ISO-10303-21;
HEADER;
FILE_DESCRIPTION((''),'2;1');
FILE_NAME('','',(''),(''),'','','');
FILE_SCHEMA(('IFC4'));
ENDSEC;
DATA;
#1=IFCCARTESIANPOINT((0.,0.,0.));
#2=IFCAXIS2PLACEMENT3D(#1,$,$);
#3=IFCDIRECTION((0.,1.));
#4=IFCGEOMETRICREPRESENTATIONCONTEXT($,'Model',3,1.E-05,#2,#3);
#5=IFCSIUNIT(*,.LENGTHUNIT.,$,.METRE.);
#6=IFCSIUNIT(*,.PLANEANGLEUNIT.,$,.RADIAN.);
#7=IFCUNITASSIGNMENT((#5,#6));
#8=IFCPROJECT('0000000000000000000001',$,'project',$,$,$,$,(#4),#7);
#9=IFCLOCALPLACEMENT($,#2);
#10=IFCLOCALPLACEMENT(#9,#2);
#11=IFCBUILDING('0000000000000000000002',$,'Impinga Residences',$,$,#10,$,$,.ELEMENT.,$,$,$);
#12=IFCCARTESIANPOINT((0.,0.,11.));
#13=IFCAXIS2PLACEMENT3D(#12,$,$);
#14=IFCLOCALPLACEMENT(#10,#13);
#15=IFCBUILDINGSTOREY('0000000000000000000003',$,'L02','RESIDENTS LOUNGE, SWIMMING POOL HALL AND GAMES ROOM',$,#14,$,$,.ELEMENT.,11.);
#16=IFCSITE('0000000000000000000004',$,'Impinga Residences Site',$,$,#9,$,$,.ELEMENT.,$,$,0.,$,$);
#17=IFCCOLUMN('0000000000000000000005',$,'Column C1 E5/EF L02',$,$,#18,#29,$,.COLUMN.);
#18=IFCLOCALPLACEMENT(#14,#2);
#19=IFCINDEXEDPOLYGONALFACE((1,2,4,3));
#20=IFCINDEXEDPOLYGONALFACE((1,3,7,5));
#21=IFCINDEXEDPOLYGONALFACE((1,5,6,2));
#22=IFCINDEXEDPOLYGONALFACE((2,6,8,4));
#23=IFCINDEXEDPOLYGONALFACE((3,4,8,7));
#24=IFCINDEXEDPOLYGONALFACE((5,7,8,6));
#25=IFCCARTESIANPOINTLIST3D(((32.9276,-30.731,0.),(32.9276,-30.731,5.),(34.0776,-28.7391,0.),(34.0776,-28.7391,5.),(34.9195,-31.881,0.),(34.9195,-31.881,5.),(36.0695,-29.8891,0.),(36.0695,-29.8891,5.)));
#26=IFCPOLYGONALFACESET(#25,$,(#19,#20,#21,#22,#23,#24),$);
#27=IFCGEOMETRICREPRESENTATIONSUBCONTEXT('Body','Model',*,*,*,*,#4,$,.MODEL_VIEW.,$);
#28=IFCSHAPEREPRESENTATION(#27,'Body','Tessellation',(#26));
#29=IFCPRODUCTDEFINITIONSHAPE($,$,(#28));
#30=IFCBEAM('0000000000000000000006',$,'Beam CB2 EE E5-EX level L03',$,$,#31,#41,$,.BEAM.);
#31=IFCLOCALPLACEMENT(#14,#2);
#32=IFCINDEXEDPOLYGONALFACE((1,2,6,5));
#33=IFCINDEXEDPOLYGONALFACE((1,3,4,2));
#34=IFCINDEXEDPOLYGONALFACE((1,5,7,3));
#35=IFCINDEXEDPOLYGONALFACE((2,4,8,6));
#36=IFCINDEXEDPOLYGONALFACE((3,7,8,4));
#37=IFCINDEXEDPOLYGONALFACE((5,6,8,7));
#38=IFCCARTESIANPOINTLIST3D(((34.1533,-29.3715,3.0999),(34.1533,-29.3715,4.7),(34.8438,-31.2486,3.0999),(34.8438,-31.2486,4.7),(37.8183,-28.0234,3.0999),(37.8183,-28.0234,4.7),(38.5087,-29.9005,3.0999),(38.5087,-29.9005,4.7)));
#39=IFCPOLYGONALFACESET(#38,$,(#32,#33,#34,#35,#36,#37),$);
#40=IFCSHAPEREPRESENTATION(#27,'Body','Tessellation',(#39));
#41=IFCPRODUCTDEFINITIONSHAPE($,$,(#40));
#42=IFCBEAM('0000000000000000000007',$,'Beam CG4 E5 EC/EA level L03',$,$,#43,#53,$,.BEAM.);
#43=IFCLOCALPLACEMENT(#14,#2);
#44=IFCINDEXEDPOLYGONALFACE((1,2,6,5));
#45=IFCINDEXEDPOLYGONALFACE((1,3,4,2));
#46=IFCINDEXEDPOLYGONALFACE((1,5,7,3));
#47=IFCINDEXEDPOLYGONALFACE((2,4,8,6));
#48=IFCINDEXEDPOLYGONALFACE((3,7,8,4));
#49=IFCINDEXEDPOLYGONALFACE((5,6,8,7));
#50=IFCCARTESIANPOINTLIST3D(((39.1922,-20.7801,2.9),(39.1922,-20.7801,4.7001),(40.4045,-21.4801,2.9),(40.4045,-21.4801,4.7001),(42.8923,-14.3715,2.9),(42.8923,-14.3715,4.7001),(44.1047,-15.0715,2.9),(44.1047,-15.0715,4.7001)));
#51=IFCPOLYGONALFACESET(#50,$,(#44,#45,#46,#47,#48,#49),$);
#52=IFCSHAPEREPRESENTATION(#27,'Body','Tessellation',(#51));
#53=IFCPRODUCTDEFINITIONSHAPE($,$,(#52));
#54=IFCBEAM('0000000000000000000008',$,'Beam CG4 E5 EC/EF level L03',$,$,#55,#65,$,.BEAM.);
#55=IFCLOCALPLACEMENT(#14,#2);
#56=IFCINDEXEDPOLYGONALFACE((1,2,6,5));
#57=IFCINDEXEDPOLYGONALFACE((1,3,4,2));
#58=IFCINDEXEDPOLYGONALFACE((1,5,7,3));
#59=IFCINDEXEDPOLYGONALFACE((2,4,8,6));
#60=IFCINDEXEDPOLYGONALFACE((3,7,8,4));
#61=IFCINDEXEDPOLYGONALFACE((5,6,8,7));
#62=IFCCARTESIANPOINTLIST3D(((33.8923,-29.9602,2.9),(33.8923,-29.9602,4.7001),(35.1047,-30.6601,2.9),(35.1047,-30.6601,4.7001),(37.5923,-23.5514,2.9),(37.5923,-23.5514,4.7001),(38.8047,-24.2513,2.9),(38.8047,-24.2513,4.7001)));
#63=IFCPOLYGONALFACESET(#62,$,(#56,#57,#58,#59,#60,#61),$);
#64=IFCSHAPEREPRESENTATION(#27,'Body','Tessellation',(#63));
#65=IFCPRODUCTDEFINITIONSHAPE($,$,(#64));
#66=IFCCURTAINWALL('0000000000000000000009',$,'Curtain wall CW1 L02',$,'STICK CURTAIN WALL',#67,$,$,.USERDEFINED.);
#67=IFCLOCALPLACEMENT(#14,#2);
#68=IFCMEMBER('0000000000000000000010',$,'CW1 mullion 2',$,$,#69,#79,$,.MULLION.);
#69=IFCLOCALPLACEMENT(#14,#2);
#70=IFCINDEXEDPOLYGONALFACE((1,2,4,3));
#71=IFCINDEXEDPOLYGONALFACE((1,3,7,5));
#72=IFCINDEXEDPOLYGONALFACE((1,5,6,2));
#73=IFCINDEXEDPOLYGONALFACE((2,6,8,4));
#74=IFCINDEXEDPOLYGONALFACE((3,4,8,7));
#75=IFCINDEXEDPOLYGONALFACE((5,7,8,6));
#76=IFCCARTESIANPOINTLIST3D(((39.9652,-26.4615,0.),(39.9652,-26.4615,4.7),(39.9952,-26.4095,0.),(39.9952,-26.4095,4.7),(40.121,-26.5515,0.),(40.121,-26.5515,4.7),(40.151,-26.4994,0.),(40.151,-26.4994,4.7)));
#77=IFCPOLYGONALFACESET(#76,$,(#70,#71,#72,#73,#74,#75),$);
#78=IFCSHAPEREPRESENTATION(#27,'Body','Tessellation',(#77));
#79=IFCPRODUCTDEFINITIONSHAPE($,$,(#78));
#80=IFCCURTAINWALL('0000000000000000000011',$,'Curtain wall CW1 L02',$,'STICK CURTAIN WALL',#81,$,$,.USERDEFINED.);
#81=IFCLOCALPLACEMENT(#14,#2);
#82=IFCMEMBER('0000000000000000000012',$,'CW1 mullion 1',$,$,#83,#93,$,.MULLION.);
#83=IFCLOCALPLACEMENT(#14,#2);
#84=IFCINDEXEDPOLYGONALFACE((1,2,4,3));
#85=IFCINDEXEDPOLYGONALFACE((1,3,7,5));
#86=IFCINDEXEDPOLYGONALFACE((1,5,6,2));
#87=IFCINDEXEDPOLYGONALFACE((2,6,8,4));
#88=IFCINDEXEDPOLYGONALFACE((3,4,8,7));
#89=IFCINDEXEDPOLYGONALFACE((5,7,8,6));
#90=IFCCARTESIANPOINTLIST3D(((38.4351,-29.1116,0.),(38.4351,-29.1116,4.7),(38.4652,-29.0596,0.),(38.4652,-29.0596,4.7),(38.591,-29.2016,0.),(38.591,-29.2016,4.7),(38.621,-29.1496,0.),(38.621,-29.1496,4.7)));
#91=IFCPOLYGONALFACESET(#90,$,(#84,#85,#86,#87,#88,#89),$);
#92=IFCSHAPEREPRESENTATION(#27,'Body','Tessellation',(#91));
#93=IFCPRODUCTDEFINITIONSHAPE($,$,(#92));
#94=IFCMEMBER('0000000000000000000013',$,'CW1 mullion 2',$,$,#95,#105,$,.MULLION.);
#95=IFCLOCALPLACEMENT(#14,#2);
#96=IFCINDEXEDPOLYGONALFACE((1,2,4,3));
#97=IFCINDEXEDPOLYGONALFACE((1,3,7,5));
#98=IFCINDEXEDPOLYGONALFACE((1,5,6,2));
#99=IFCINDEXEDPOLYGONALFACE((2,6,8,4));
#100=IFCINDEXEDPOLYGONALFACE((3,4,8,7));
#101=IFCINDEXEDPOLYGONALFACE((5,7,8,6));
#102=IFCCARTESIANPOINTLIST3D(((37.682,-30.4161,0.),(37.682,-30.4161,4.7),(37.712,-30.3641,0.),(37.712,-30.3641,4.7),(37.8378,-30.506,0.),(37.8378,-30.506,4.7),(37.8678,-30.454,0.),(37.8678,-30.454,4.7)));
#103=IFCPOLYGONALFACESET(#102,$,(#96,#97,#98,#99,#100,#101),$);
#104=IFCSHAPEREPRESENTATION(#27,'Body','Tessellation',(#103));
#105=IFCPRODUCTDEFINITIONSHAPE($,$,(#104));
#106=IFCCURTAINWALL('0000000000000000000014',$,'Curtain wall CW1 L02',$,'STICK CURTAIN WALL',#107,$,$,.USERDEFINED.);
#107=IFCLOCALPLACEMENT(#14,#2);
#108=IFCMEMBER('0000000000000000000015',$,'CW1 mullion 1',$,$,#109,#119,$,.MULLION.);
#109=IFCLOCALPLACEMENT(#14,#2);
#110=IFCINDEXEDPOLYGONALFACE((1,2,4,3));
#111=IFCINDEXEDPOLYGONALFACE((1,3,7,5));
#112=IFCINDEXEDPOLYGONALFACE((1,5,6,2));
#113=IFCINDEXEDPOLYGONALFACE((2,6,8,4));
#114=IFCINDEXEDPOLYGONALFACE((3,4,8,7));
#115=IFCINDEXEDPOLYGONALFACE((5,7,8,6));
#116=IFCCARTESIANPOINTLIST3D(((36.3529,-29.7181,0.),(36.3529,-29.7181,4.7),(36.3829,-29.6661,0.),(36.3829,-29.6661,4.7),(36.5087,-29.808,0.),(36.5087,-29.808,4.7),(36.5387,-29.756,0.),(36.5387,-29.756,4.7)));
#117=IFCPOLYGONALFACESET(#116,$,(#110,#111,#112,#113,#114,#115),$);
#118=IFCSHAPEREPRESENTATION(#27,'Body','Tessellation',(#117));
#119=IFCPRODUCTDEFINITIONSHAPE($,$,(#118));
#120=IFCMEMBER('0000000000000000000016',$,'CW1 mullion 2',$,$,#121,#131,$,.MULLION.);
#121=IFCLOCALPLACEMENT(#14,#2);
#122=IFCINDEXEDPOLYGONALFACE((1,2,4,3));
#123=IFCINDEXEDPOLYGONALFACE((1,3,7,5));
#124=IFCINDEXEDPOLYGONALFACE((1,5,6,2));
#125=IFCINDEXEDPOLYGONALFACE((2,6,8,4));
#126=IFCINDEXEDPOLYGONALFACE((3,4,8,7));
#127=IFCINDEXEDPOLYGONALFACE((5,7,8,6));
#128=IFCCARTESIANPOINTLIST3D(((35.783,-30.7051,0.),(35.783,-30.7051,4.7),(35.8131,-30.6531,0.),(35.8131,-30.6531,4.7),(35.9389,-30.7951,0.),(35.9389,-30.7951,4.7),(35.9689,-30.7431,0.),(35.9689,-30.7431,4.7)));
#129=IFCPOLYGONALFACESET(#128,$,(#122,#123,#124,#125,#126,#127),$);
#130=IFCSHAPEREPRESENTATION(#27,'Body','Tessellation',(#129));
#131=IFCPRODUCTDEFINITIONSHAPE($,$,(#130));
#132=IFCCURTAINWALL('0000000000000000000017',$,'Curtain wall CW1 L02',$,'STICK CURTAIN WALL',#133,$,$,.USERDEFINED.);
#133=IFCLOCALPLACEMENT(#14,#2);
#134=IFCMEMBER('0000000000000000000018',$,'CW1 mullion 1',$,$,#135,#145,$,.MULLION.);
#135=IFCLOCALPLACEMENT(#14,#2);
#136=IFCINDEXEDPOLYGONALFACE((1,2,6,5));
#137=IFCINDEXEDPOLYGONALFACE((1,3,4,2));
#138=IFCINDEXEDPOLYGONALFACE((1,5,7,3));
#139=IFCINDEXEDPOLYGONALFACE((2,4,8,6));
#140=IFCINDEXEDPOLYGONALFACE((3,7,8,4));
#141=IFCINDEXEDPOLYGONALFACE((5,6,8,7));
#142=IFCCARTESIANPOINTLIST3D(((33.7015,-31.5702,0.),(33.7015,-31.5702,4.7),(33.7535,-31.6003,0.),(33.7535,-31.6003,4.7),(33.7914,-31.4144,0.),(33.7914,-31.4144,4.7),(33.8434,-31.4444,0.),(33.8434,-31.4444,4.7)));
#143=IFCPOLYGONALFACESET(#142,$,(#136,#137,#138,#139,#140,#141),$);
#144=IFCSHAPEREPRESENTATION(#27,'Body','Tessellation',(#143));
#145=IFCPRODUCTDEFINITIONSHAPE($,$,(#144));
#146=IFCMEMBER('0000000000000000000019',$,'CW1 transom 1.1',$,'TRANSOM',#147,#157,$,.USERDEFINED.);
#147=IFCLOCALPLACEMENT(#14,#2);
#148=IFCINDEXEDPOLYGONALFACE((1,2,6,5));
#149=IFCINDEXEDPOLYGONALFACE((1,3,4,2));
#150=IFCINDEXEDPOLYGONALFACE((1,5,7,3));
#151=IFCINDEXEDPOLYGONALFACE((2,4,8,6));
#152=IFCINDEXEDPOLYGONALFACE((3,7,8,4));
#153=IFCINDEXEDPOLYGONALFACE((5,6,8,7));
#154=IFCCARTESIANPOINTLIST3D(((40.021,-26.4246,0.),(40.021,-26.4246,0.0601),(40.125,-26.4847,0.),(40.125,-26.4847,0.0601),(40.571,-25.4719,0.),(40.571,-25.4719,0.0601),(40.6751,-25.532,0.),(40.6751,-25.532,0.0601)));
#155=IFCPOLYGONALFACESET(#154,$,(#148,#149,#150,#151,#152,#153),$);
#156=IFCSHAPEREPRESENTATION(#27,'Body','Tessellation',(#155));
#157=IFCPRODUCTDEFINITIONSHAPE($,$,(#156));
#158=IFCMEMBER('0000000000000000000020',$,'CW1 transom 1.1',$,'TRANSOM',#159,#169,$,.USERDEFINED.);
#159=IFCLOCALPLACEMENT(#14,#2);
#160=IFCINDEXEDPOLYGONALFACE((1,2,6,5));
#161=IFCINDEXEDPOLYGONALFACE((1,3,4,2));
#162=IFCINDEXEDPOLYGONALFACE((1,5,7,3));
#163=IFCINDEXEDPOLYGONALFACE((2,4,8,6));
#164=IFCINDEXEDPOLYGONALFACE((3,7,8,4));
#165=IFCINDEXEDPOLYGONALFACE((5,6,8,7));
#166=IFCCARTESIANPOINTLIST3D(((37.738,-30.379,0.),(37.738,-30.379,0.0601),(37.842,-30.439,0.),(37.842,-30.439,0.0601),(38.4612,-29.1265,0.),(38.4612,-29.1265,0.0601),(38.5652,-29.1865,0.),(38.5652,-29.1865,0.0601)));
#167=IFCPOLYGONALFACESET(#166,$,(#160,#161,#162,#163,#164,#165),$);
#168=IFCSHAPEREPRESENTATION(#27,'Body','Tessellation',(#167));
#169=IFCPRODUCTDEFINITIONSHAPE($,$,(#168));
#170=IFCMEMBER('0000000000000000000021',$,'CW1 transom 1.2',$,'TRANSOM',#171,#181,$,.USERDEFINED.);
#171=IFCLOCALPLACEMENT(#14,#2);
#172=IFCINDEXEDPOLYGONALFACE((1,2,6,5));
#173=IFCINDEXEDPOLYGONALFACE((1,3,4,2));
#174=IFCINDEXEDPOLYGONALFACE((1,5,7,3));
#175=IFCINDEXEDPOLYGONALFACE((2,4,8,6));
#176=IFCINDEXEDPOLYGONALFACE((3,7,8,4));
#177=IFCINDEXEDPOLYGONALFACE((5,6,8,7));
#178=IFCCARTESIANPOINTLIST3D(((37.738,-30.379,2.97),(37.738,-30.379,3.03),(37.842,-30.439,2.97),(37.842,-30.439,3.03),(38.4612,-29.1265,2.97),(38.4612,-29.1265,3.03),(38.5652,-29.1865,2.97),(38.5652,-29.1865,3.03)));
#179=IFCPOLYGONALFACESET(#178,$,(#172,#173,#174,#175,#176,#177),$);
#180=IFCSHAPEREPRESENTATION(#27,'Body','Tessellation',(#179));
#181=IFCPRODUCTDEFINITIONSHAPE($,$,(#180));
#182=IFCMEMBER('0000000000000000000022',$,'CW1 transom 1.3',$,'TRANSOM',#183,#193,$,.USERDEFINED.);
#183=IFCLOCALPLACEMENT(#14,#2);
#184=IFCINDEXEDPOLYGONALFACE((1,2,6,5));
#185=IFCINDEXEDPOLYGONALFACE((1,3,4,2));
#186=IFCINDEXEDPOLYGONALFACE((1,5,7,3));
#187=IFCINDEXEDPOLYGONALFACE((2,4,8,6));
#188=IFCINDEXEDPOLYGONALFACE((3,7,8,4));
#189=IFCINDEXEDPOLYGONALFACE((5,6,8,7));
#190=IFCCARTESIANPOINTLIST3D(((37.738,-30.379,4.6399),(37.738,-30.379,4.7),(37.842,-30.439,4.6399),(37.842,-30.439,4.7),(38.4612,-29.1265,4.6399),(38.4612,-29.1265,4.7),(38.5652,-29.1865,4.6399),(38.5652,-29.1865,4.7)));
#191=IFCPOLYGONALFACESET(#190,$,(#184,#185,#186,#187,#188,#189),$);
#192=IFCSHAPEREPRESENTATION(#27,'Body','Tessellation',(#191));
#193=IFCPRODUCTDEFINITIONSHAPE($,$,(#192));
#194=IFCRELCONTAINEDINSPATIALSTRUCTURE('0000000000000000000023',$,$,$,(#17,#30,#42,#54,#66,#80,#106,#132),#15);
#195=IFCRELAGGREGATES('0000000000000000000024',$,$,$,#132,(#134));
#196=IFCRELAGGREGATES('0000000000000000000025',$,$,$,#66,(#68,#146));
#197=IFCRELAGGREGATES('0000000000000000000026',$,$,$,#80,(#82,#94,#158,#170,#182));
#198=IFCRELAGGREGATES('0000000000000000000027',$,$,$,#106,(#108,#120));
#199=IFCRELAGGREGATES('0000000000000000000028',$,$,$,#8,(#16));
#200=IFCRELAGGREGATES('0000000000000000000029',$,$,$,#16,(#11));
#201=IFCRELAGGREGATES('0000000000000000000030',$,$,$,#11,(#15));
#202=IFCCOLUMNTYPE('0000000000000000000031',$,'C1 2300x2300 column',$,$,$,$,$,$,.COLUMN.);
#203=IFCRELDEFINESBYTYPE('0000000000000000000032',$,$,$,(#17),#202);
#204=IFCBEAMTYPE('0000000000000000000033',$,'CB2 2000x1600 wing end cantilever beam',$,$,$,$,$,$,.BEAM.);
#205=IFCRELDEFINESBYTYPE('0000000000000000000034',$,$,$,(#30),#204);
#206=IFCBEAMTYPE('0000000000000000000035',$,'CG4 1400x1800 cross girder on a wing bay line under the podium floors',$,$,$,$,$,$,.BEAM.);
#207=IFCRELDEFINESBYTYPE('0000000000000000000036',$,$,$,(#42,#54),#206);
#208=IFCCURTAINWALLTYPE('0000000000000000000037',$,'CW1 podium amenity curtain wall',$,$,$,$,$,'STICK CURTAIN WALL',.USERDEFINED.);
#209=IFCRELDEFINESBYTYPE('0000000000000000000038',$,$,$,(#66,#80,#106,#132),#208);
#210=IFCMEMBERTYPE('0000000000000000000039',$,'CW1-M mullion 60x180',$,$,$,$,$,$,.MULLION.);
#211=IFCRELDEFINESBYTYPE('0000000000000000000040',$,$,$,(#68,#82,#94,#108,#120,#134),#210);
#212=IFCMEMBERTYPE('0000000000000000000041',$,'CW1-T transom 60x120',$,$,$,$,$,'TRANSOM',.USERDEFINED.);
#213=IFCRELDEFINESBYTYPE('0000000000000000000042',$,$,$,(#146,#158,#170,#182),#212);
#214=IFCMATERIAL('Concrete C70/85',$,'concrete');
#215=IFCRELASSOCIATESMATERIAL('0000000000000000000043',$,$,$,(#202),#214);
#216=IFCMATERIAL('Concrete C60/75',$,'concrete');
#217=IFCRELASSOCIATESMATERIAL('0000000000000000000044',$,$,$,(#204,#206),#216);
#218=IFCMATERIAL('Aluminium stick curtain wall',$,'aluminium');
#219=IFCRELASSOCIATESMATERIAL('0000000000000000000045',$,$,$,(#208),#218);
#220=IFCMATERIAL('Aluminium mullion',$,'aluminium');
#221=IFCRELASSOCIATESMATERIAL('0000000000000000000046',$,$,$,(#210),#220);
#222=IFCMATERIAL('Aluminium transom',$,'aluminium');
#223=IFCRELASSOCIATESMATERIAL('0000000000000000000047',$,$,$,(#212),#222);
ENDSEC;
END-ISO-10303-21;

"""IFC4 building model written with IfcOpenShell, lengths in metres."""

from ifc_helpers import new_model, si_unit, direction, frame, origin, origin_2d, place, context, subcontext, project, spatial, rectangle, extrude, material, material_profile, profile_set, type_object, element, aggregate, save


model = new_model("IFC4")

# Units and contexts
model_context = context("Model", 3, precision=1e-05, world=origin(), true_north=direction((0.0, 1.0)))
body_context = subcontext(model_context, "Body", "Model", "MODEL_VIEW")
ifc_project = project(units=[si_unit("LENGTHUNIT", "METRE"), si_unit("PLANEANGLEUNIT", "RADIAN")], contexts=[model_context])

# Site, building, storey
site_placement = place(None, origin())
site = spatial("IfcSite", under=ifc_project, at=site_placement, Name="Impinga Residences Site", CompositionType="ELEMENT", RefElevation=0.0)
building_placement = place(site_placement, origin())
building = spatial("IfcBuilding", under=site, at=building_placement, Name="Impinga Residences", CompositionType="ELEMENT")
storey_placement = place(building_placement, frame((0.0, 0.0, 11.0)))
storey = spatial("IfcBuildingStorey", under=building, at=storey_placement, Name="L02", Description="RESIDENTS LOUNGE, SWIMMING POOL HALL AND GAMES ROOM", CompositionType="ELEMENT", Elevation=11.0)

# Column
ifc_material_1 = material(Name="Concrete C70/85", Category="concrete")
ifc_material_profile_1 = material_profile(ifc_material_1, rectangle(XDim=2.3, YDim=2.3, at=origin_2d()), Name="RC 2300x2300")
ifc_profile_set_1 = profile_set([ifc_material_profile_1], Name="Concrete C70/85")
column_type = type_object("IfcColumnType", Name="C1 2300x2300 column", PredefinedType="COLUMN", material=ifc_profile_set_1)
column_placement = place(storey_placement, frame((34.4985, -30.3101, 0.0), z_axis=(0.0, 0.0, 1.0), x_axis=(-0.5, -0.866025, 0.0)))
element("IfcColumn", 1, at=column_placement, inside=storey, type_object=column_type, Name="Column C1 E5/EF L02", PredefinedType="COLUMN", context=body_context, shape_type="SweptSolid", body=[
    extrude(rectangle(XDim=2.3, YDim=2.3, at=origin_2d()), origin(), (0.0, 0.0, 1.0), 5.0),
])

# Beams
ifc_material_2 = material(Name="Concrete C60/75", Category="concrete")
ifc_material_profile_2 = material_profile(ifc_material_2, rectangle(XDim=2.0, YDim=1.6001, at=origin_2d()), Name="RC 2000x1600")
ifc_profile_set_2 = profile_set([ifc_material_profile_2], Name="Concrete C60/75")
beam_type_1 = type_object("IfcBeamType", Name="CB2 2000x1600 wing end cantilever beam", PredefinedType="BEAM", material=ifc_profile_set_2)
beam_1_placement = place(storey_placement, frame((34.4985, -30.3101, 3.8999), z_axis=(0.93852, 0.345224, 0.0), x_axis=(-0.345224, 0.93852, 0.0)))
element("IfcBeam", 2, at=beam_1_placement, inside=storey, type_object=beam_type_1, Name="Beam CB2 EE E5-EX level L03", PredefinedType="BEAM", context=body_context, shape_type="SweptSolid", body=[
    extrude(rectangle(XDim=2.0, YDim=1.6001, at=origin_2d()), origin(), (0.0, 0.0, 1.0), 3.905),
])
ifc_material_profile_3 = material_profile(ifc_material_2, rectangle(XDim=1.3999, YDim=1.8, at=origin_2d()), Name="RC 1400x1800")
ifc_profile_set_3 = profile_set([ifc_material_profile_3], Name="Concrete C60/75")
beam_type_2 = type_object("IfcBeamType", Name="CG4 1400x1800 cross girder on a wing bay line under the podium floors", PredefinedType="BEAM", material=ifc_profile_set_3)
for number, where, z_axis, x_axis, name in (
    (3, (39.7983, -21.1301, 3.8), (0.500014, 0.866017, 0.0), (-0.866017, 0.500014, 0.0), "Beam CG4 E5 EC/EA level L03"),
    (4, (38.1985, -23.9014, 3.8), (-0.499989, -0.866032, 0.0), (0.866032, -0.499989, 0.0), "Beam CG4 E5 EC/EF level L03"),
):
    element("IfcBeam", number, at=place(storey_placement, frame(where, z_axis=z_axis, x_axis=x_axis)), inside=storey, type_object=beam_type_2, Name=name, PredefinedType="BEAM", context=body_context, shape_type="SweptSolid", body=[
        extrude(rectangle(XDim=1.3999, YDim=1.8, at=origin_2d()), origin(), (0.0, 0.0, 1.0), 7.4001),
    ])

# Curtain wall, member
ifc_material_3 = material(Name="Aluminium stick curtain wall", Category="aluminium")
curtain_wall_type = type_object("IfcCurtainWallType", Name="CW1 podium amenity curtain wall", ElementType="STICK CURTAIN WALL", PredefinedType="USERDEFINED", material=ifc_material_3)
curtain_wall_1_placement = place(storey_placement, origin())
curtain_wall_1 = element("IfcCurtainWall", 5, at=curtain_wall_1_placement, inside=storey, type_object=curtain_wall_type, Name="Curtain wall CW1 L02", ObjectType="STICK CURTAIN WALL", PredefinedType="USERDEFINED")
ifc_material_4 = material(Name="Aluminium mullion", Category="aluminium")
ifc_material_profile_4 = material_profile(ifc_material_4, rectangle(XDim=0.0601, YDim=0.1799, at=origin_2d()), Name="60x180 mullion")
ifc_profile_set_4 = profile_set([ifc_material_profile_4], Name="Aluminium mullion")
member_type_1 = type_object("IfcMemberType", Name="CW1-M mullion 60x180", PredefinedType="MULLION", material=ifc_profile_set_4)
member_1_placement = place(storey_placement, frame((40.0581, -26.4805, 0.0), z_axis=(0.0, 0.0, 1.0), x_axis=(-0.5, -0.866025, 0.0)))
member_1 = element("IfcMember", 6, at=member_1_placement, type_object=member_type_1, Name="CW1 mullion 2", PredefinedType="MULLION", context=body_context, shape_type="SweptSolid", body=[
    extrude(rectangle(XDim=0.0601, YDim=0.1799, at=origin_2d()), origin(), (0.0, 0.0, 1.0), 4.7),
])

# Curtain walls, members
curtain_wall_2_placement = place(storey_placement, origin())
curtain_wall_2 = element("IfcCurtainWall", 7, at=curtain_wall_2_placement, inside=storey, type_object=curtain_wall_type, Name="Curtain wall CW1 L02", ObjectType="STICK CURTAIN WALL", PredefinedType="USERDEFINED")
member_2_placement = place(storey_placement, frame((38.5281, -29.1306, 0.0), z_axis=(0.0, 0.0, 1.0), x_axis=(-0.5, -0.866026, 0.0)))
member_2 = element("IfcMember", 8, at=member_2_placement, type_object=member_type_1, Name="CW1 mullion 1", PredefinedType="MULLION", context=body_context, shape_type="SweptSolid", body=[
    extrude(rectangle(XDim=0.0601, YDim=0.1799, at=origin_2d()), origin(), (0.0, 0.0, 1.0), 4.7),
])
member_3_placement = place(storey_placement, frame((37.7749, -30.4351, 0.0), z_axis=(0.0, 0.0, 1.0), x_axis=(-0.5, -0.866026, 0.0)))
member_3 = element("IfcMember", 9, at=member_3_placement, type_object=member_type_1, Name="CW1 mullion 2", PredefinedType="MULLION", context=body_context, shape_type="SweptSolid", body=[
    extrude(rectangle(XDim=0.0601, YDim=0.1799, at=origin_2d()), origin(), (0.0, 0.0, 1.0), 4.7),
])
curtain_wall_3_placement = place(storey_placement, origin())
curtain_wall_3 = element("IfcCurtainWall", 10, at=curtain_wall_3_placement, inside=storey, type_object=curtain_wall_type, Name="Curtain wall CW1 L02", ObjectType="STICK CURTAIN WALL", PredefinedType="USERDEFINED")
member_4_placement = place(storey_placement, frame((36.4458, -29.7371, 0.0), z_axis=(0.0, 0.0, 1.0), x_axis=(-0.5, -0.866026, 0.0)))
member_4 = element("IfcMember", 11, at=member_4_placement, type_object=member_type_1, Name="CW1 mullion 1", PredefinedType="MULLION", context=body_context, shape_type="SweptSolid", body=[
    extrude(rectangle(XDim=0.0601, YDim=0.1799, at=origin_2d()), origin(), (0.0, 0.0, 1.0), 4.7),
])
member_5_placement = place(storey_placement, frame((35.876, -30.7241, 0.0), z_axis=(0.0, 0.0, 1.0), x_axis=(-0.5, -0.866026, 0.0)))
member_5 = element("IfcMember", 12, at=member_5_placement, type_object=member_type_1, Name="CW1 mullion 2", PredefinedType="MULLION", context=body_context, shape_type="SweptSolid", body=[
    extrude(rectangle(XDim=0.0601, YDim=0.1799, at=origin_2d()), origin(), (0.0, 0.0, 1.0), 4.7),
])

# Curtain wall, member
curtain_wall_4_placement = place(storey_placement, origin())
curtain_wall_4 = element("IfcCurtainWall", 13, at=curtain_wall_4_placement, inside=storey, type_object=curtain_wall_type, Name="Curtain wall CW1 L02", ObjectType="STICK CURTAIN WALL", PredefinedType="USERDEFINED")
member_6_placement = place(storey_placement, frame((33.7725, -31.5073, 0.0), z_axis=(0.0, 0.0, 1.0), x_axis=(-0.866025, 0.5, 0.0)))
member_6 = element("IfcMember", 14, at=member_6_placement, type_object=member_type_1, Name="CW1 mullion 1", PredefinedType="MULLION", context=body_context, shape_type="SweptSolid", body=[
    extrude(rectangle(XDim=0.0601, YDim=0.1799, at=origin_2d()), origin(), (0.0, 0.0, 1.0), 4.7),
])

# Members
ifc_material_5 = material(Name="Aluminium transom", Category="aluminium")
ifc_material_profile_5 = material_profile(ifc_material_5, rectangle(XDim=0.0601, YDim=0.1201, at=origin_2d()), Name="60x120 transom")
ifc_profile_set_5 = profile_set([ifc_material_profile_5], Name="Aluminium transom")
member_type_2 = type_object("IfcMemberType", Name="CW1-T transom 60x120", ElementType="TRANSOM", PredefinedType="USERDEFINED", material=ifc_profile_set_5)
member_7_placement = place(storey_placement, frame((40.623, -25.502, 0.03), z_axis=(-0.50003, -0.866008, 0.0), x_axis=(0.0, 0.0, 1.0)))
member_7 = element("IfcMember", 15, at=member_7_placement, type_object=member_type_2, Name="CW1 transom 1.1", ObjectType="TRANSOM", PredefinedType="USERDEFINED", context=body_context, shape_type="SweptSolid", body=[
    extrude(rectangle(XDim=0.0601, YDim=0.1201, at=origin_2d()), origin(), (0.0, 0.0, 1.0), 1.1001),
])
member_8_placement = place(storey_placement, frame((38.5132, -29.1565, 0.03), z_axis=(-0.500024, -0.866011, 0.0), x_axis=(0.0, 0.0, 1.0)))
member_8 = element("IfcMember", 16, at=member_8_placement, type_object=member_type_2, Name="CW1 transom 1.1", ObjectType="TRANSOM", PredefinedType="USERDEFINED", context=body_context, shape_type="SweptSolid", body=[
    extrude(rectangle(XDim=0.0601, YDim=0.1201, at=origin_2d()), origin(), (0.0, 0.0, 1.0), 1.4463),
])
member_9_placement = place(storey_placement, frame((38.5132, -29.1565, 3.0), z_axis=(-0.500024, -0.866011, 0.0), x_axis=(0.0, 0.0, 1.0)))
member_9 = element("IfcMember", 17, at=member_9_placement, type_object=member_type_2, Name="CW1 transom 1.2", ObjectType="TRANSOM", PredefinedType="USERDEFINED", context=body_context, shape_type="SweptSolid", body=[
    extrude(rectangle(XDim=0.0601, YDim=0.1201, at=origin_2d()), origin(), (0.0, 0.0, 1.0), 1.4463),
])
member_10_placement = place(storey_placement, frame((38.5132, -29.1565, 4.6699), z_axis=(-0.500024, -0.866011, 0.0), x_axis=(0.0, 0.0, 1.0)))
member_10 = element("IfcMember", 18, at=member_10_placement, type_object=member_type_2, Name="CW1 transom 1.3", ObjectType="TRANSOM", PredefinedType="USERDEFINED", context=body_context, shape_type="SweptSolid", body=[
    extrude(rectangle(XDim=0.0601, YDim=0.1201, at=origin_2d()), origin(), (0.0, 0.0, 1.0), 1.4463),
])
aggregate(curtain_wall_4, [member_6])

aggregate(curtain_wall_1, [member_1, member_7])
aggregate(curtain_wall_2, [member_2, member_3, member_8, member_9, member_10])
aggregate(curtain_wall_3, [member_4, member_5])

save(model, "model.ifc")
